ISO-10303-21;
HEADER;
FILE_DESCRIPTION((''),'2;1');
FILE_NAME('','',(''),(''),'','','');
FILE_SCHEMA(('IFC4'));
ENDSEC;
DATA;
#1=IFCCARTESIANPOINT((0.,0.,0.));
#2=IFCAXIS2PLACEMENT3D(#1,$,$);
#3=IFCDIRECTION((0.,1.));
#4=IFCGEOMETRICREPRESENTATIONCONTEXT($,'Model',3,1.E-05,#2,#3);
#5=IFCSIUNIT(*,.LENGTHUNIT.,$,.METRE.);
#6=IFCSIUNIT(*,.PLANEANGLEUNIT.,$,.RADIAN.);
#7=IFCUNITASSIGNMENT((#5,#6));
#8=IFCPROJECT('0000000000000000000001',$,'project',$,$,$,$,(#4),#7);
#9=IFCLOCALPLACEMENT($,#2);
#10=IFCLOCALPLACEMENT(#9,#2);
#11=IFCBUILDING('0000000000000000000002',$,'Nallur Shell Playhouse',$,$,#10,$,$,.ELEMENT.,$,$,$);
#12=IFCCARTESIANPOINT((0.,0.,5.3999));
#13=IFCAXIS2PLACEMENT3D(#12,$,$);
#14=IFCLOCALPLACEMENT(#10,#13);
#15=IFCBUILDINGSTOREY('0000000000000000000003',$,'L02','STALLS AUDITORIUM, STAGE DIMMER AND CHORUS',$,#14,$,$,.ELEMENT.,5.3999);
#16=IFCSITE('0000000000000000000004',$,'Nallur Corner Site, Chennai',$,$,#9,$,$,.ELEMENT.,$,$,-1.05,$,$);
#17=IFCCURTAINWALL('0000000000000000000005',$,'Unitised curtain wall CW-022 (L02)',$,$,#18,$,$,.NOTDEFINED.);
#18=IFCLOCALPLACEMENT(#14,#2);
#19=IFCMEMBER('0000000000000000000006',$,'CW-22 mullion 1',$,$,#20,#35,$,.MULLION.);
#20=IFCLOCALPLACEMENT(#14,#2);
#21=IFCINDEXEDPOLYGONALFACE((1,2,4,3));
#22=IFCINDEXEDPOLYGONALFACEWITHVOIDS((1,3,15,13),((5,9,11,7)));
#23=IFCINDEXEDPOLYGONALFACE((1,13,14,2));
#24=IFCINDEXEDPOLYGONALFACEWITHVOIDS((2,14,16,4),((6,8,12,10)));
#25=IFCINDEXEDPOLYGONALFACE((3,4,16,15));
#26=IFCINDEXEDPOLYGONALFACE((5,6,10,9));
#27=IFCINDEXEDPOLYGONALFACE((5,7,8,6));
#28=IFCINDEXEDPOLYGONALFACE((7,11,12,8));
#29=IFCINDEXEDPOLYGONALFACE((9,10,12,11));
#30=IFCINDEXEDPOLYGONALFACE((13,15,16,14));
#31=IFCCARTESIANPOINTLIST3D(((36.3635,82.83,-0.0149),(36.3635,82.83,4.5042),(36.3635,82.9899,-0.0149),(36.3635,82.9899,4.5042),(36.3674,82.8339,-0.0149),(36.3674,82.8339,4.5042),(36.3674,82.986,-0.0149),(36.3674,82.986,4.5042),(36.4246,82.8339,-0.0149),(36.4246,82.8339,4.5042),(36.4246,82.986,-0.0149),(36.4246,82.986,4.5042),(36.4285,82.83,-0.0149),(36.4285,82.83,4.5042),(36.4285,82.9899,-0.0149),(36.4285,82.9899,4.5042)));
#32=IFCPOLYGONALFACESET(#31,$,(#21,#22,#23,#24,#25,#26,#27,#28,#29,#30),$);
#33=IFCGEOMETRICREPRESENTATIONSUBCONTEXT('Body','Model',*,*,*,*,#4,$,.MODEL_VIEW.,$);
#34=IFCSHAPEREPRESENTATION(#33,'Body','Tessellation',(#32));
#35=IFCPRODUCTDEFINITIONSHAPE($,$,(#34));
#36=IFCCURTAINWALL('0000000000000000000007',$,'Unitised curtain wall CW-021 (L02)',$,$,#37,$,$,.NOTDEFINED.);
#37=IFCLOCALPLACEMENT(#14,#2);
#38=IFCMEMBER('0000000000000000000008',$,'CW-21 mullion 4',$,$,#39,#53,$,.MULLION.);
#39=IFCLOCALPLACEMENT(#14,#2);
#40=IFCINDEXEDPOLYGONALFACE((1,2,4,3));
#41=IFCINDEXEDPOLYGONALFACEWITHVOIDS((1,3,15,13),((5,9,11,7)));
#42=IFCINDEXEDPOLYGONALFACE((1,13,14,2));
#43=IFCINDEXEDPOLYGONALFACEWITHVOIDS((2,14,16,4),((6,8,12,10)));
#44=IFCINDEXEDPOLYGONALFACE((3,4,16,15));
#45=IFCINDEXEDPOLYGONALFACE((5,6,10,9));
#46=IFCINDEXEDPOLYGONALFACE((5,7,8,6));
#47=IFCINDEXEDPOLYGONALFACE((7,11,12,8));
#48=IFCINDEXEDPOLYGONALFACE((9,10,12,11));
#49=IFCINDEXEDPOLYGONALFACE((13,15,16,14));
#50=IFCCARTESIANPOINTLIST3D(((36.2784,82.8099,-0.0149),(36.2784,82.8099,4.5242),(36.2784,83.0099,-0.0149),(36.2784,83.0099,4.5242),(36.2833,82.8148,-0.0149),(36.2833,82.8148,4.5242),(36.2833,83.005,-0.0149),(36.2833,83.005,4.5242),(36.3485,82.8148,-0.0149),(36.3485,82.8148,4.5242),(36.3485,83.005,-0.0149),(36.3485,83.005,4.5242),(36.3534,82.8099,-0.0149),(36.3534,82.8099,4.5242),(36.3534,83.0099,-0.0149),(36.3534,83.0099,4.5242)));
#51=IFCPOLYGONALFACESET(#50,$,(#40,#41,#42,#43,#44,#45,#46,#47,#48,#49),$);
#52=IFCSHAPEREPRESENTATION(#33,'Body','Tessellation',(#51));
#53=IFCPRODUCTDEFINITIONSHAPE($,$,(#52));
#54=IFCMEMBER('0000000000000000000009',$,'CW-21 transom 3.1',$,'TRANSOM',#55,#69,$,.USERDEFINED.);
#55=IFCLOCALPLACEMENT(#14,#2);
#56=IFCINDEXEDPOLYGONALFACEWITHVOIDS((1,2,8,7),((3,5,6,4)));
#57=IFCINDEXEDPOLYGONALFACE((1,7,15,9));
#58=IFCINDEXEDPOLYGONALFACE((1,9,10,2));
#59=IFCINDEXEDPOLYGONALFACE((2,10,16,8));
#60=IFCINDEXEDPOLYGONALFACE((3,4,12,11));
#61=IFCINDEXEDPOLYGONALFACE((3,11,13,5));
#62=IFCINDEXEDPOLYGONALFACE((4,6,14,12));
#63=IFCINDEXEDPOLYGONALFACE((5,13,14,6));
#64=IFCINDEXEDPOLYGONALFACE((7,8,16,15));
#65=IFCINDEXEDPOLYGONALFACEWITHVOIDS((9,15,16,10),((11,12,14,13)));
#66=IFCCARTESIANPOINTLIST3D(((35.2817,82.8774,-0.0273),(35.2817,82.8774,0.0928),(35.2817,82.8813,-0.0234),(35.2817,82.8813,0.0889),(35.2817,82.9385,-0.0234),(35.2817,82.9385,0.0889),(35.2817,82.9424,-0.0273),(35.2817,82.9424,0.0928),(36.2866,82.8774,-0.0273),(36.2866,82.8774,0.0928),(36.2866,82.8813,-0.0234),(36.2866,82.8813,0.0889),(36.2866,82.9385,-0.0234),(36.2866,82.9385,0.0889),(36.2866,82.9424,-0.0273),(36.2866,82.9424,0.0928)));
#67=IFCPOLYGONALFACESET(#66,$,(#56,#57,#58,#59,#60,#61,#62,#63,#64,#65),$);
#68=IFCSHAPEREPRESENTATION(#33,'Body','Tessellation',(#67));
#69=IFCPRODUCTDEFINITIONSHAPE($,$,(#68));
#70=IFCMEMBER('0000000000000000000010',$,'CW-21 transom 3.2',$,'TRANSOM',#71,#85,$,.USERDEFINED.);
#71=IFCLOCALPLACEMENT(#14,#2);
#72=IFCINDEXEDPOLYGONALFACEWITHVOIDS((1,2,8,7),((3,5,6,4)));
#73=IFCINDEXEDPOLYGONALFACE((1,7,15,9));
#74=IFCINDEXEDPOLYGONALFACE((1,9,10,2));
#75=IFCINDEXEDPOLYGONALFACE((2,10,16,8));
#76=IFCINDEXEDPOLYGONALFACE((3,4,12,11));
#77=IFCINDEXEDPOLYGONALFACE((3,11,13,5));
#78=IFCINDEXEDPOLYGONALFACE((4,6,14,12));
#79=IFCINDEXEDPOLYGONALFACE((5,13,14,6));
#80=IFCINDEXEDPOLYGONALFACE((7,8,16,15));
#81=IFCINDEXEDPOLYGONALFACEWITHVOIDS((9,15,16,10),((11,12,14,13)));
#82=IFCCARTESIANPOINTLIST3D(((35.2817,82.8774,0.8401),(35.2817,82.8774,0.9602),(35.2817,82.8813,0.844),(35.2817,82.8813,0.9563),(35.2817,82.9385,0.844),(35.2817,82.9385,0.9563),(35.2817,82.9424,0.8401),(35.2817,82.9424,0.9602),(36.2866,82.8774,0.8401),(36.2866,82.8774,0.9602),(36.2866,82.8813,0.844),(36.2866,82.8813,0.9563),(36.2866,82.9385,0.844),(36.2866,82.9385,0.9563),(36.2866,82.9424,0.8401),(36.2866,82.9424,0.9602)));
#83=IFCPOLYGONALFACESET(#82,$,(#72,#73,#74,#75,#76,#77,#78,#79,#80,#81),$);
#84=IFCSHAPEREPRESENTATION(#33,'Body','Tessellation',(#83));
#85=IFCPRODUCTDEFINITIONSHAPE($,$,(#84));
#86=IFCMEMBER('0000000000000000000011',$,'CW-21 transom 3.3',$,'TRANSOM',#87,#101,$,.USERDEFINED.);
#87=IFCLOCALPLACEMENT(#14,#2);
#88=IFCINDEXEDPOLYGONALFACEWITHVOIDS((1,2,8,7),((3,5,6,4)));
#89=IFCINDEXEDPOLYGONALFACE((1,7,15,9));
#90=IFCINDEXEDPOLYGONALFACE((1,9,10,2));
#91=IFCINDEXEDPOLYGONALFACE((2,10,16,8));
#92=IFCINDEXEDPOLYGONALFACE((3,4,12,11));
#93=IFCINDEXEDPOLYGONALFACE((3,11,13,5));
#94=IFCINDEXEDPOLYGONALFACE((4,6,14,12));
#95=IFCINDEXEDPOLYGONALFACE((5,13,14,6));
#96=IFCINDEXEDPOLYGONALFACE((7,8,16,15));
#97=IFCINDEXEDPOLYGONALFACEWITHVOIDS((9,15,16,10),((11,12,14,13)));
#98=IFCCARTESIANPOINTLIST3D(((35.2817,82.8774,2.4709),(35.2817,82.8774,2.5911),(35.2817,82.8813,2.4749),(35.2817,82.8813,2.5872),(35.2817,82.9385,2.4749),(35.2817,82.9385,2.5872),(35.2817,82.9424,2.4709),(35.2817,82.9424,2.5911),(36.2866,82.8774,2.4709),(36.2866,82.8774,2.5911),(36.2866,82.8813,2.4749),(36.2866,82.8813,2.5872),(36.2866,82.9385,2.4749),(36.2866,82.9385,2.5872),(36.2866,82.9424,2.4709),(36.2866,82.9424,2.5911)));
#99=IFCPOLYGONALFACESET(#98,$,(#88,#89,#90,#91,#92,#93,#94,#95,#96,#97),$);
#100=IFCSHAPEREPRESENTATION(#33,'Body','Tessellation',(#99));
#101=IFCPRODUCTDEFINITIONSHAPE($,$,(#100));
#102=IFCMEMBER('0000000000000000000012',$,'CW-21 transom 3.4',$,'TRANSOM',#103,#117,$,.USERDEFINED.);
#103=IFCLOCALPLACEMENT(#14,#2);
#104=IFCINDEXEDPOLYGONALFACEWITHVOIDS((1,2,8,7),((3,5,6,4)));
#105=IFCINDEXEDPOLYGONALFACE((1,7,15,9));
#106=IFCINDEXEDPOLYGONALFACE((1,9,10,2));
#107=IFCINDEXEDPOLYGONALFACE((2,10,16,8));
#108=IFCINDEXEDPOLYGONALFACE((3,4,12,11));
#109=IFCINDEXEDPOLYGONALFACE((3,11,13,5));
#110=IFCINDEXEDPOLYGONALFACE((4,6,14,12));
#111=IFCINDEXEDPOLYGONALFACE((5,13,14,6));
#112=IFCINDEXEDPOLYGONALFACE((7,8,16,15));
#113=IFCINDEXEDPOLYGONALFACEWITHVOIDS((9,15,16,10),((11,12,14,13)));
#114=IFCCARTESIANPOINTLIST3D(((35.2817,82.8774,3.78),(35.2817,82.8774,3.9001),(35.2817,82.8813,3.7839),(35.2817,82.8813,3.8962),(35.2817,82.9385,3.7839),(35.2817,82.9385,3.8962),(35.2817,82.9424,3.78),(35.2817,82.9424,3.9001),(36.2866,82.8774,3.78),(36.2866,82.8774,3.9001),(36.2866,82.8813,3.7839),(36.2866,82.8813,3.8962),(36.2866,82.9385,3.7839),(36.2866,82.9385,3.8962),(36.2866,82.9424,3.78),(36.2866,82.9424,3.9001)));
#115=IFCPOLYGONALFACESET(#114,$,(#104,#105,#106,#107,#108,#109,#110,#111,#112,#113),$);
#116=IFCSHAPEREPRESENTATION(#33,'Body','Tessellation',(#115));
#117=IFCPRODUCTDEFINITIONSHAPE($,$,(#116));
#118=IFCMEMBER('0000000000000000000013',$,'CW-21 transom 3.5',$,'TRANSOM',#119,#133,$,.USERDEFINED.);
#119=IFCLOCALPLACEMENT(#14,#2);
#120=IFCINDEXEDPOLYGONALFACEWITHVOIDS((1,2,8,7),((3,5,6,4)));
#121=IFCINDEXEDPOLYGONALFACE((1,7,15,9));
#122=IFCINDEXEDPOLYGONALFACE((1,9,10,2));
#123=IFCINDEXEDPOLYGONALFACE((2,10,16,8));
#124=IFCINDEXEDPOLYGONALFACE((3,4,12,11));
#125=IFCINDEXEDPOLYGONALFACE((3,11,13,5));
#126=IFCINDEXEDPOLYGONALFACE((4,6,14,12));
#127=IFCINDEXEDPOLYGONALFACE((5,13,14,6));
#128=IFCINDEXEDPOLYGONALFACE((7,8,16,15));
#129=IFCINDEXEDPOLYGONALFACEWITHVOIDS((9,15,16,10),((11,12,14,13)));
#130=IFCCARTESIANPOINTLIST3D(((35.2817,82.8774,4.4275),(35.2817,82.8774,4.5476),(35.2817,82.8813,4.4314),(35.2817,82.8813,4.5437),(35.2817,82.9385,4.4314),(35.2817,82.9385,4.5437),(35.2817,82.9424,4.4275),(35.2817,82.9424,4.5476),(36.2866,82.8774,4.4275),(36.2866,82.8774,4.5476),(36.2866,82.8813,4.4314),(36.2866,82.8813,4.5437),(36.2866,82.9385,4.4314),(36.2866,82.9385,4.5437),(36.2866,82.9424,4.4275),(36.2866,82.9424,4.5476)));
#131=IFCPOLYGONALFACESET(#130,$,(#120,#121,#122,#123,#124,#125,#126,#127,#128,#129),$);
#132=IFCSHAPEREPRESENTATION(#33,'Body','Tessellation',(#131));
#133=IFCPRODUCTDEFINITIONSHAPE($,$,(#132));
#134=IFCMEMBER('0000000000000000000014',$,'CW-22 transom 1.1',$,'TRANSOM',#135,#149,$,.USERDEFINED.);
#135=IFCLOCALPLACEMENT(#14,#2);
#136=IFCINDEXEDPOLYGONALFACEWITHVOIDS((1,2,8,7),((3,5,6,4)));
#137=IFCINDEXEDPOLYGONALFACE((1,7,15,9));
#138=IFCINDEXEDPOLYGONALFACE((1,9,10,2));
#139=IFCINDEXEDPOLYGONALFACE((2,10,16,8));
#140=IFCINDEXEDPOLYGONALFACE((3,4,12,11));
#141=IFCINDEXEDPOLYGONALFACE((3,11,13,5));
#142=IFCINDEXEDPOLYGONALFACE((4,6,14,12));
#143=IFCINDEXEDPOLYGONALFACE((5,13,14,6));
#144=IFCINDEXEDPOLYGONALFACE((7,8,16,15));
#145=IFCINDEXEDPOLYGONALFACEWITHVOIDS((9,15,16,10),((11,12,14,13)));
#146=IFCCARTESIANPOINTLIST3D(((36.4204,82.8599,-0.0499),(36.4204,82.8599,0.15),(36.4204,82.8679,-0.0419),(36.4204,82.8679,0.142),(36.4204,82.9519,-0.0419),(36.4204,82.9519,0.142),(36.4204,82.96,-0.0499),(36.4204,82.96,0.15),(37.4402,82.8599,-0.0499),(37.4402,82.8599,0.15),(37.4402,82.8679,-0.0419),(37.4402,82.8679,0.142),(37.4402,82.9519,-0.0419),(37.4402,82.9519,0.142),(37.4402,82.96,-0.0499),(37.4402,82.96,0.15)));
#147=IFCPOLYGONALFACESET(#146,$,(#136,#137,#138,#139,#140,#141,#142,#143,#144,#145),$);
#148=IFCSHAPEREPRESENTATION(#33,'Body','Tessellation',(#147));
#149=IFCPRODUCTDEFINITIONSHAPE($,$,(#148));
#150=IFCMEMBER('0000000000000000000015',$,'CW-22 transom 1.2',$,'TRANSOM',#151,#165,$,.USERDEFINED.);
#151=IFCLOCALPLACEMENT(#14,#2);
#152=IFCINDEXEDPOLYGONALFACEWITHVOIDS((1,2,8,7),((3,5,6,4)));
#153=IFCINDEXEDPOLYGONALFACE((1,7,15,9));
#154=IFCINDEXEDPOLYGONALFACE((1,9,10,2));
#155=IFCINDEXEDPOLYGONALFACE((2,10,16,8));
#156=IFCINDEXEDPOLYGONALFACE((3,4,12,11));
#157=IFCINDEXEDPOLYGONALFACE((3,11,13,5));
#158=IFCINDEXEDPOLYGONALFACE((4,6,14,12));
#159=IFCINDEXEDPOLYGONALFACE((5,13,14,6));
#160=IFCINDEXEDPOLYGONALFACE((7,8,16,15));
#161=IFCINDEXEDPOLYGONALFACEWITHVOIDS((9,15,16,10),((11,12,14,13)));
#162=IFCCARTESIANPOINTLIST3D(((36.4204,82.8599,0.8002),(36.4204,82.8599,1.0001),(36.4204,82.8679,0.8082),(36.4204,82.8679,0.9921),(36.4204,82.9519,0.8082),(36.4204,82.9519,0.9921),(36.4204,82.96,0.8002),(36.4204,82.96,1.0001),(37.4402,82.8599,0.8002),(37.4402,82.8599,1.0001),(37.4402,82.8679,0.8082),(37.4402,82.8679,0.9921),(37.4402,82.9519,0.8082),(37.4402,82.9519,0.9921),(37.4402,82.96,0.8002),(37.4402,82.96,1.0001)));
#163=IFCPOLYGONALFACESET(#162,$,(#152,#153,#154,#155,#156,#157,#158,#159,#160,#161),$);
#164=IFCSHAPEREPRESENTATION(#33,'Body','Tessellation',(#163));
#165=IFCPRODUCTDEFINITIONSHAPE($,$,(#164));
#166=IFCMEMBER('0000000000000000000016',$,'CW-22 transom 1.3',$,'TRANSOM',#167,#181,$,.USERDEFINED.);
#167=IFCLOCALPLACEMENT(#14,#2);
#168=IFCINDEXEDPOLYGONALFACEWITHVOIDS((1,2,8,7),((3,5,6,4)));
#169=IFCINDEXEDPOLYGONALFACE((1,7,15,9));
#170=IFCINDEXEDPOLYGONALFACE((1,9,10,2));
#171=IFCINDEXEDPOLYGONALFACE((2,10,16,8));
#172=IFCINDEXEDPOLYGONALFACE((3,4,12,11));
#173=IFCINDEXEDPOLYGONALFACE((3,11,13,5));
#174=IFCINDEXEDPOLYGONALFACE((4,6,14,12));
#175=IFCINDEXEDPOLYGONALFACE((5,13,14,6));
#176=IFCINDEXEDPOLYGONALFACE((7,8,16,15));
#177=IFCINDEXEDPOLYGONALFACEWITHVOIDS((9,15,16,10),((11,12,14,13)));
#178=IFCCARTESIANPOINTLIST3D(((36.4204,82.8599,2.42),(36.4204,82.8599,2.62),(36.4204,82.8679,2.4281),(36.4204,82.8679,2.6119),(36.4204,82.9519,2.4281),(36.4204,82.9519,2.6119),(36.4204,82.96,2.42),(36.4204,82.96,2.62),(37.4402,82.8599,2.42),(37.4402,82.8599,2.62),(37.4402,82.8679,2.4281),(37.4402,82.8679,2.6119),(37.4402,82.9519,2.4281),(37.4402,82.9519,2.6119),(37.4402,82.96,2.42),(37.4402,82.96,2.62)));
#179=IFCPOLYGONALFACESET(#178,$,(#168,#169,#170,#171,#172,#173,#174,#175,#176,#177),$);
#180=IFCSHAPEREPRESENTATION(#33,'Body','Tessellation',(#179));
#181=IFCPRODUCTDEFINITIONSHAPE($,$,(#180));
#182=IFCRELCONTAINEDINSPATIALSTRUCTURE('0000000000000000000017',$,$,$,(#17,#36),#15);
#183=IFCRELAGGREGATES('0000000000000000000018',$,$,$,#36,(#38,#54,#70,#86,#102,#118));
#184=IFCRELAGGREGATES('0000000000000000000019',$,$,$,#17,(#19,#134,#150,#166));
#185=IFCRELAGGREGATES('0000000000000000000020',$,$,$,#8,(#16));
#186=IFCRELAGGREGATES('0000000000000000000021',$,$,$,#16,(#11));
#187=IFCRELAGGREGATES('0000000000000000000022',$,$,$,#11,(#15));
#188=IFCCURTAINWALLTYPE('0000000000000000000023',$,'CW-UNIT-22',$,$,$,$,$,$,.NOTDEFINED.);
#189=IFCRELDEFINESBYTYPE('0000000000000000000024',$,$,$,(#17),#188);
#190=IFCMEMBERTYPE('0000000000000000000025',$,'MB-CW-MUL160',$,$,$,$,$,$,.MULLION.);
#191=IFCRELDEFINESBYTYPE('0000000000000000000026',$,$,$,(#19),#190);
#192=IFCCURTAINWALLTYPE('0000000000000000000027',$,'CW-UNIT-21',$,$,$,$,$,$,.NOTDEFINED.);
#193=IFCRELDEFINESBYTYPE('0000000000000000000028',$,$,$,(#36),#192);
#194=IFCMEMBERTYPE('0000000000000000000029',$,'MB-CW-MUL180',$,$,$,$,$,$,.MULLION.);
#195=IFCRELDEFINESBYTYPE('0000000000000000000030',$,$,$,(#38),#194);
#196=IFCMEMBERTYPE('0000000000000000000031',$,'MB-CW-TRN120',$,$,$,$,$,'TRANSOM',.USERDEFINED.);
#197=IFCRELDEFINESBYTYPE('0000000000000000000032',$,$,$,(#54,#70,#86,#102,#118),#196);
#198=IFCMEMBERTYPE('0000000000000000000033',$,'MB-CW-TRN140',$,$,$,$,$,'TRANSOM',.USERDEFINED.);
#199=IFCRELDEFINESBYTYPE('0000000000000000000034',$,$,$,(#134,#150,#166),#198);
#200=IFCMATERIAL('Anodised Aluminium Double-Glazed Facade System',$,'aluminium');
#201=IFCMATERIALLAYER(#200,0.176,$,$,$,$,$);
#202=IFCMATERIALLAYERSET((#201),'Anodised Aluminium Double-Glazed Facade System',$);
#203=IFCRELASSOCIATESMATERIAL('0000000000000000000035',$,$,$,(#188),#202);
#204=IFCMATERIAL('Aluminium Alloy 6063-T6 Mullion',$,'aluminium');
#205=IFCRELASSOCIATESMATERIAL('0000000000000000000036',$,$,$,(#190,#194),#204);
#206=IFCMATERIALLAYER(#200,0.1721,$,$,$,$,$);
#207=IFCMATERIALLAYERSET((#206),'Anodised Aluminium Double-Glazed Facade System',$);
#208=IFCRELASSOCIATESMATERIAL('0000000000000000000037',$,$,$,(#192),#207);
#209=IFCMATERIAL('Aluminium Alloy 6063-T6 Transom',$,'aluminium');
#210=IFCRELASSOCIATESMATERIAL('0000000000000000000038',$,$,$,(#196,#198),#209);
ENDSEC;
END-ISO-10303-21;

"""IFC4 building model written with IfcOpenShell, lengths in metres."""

from ifc_helpers import new_model, si_unit, direction, frame, origin, origin_2d, place, context, subcontext, project, spatial, hollow_rectangle, extrude, material, layer, layer_set, material_profile, profile_set, type_object, element, aggregate, save


model = new_model("IFC4")

# Units and contexts
model_context = context("Model", 3, precision=1e-05, world=origin(), true_north=direction((0.0, 1.0)))
body_context = subcontext(model_context, "Body", "Model", "MODEL_VIEW")
ifc_project = project(units=[si_unit("LENGTHUNIT", "METRE"), si_unit("PLANEANGLEUNIT", "RADIAN")], contexts=[model_context])

# Site, building, storey
site_placement = place(None, origin())
site = spatial("IfcSite", under=ifc_project, at=site_placement, Name="Nallur Corner Site, Chennai", CompositionType="ELEMENT", RefElevation=-1.05)
building_placement = place(site_placement, origin())
building = spatial("IfcBuilding", under=site, at=building_placement, Name="Nallur Shell Playhouse", CompositionType="ELEMENT")
storey_placement = place(building_placement, frame((0.0, 0.0, 5.3999)))
storey = spatial("IfcBuildingStorey", under=building, at=storey_placement, Name="L02", Description="STALLS AUDITORIUM, STAGE DIMMER AND CHORUS", CompositionType="ELEMENT", Elevation=5.3999)

# Curtain wall, member
ifc_material_1 = material(Name="Anodised Aluminium Double-Glazed Facade System", Category="aluminium")
ifc_layer_1 = layer(ifc_material_1, 0.176)
ifc_layer_set_1 = layer_set([ifc_layer_1], Name="Anodised Aluminium Double-Glazed Facade System")
curtain_wall_type_1 = type_object("IfcCurtainWallType", Name="CW-UNIT-22", PredefinedType="NOTDEFINED", material=ifc_layer_set_1)
curtain_wall_1_placement = place(storey_placement, origin())
curtain_wall_1 = element("IfcCurtainWall", 1, at=curtain_wall_1_placement, inside=storey, type_object=curtain_wall_type_1, Name="Unitised curtain wall CW-022 (L02)", PredefinedType="NOTDEFINED")
ifc_material_2 = material(Name="Aluminium Alloy 6063-T6 Mullion", Category="aluminium")
ifc_material_profile_1 = material_profile(ifc_material_2, hollow_rectangle(XDim=0.0649, YDim=0.1599, WallThickness=0.0039, at=origin_2d()), Name="ALU 65x160x4")
ifc_profile_set_1 = profile_set([ifc_material_profile_1], Name="Aluminium Alloy 6063-T6 Mullion")
member_type_1 = type_object("IfcMemberType", Name="MB-CW-MUL160", PredefinedType="MULLION", material=ifc_profile_set_1)
member_1_placement = place(storey_placement, frame((36.396, 82.9099, -0.0149), z_axis=(0.0, 0.0, 1.0), x_axis=(1.0, 0.0, 0.0)))
member_1 = element("IfcMember", 2, at=member_1_placement, type_object=member_type_1, Name="CW-22 mullion 1", PredefinedType="MULLION", context=body_context, shape_type="SweptSolid", body=[
    extrude(hollow_rectangle(XDim=0.0649, YDim=0.1599, WallThickness=0.0039, at=origin_2d()), origin(), (0.0, 0.0, 1.0), 4.519),
])

# Curtain wall, members
ifc_layer_2 = layer(ifc_material_1, 0.1721)
ifc_layer_set_2 = layer_set([ifc_layer_2], Name="Anodised Aluminium Double-Glazed Facade System")
curtain_wall_type_2 = type_object("IfcCurtainWallType", Name="CW-UNIT-21", PredefinedType="NOTDEFINED", material=ifc_layer_set_2)
curtain_wall_2_placement = place(storey_placement, origin())
curtain_wall_2 = element("IfcCurtainWall", 3, at=curtain_wall_2_placement, inside=storey, type_object=curtain_wall_type_2, Name="Unitised curtain wall CW-021 (L02)", PredefinedType="NOTDEFINED")
ifc_material_profile_2 = material_profile(ifc_material_2, hollow_rectangle(XDim=0.075, YDim=0.2, WallThickness=0.0049, at=origin_2d()), Name="ALU 75x200x5")
ifc_profile_set_2 = profile_set([ifc_material_profile_2], Name="Aluminium Alloy 6063-T6 Mullion")
member_type_2 = type_object("IfcMemberType", Name="MB-CW-MUL180", PredefinedType="MULLION", material=ifc_profile_set_2)
member_2_placement = place(storey_placement, frame((36.3159, 82.9099, -0.0149), z_axis=(0.0, 0.0, 1.0), x_axis=(1.0, 0.0, 0.0)))
member_2 = element("IfcMember", 4, at=member_2_placement, type_object=member_type_2, Name="CW-21 mullion 4", PredefinedType="MULLION", context=body_context, shape_type="SweptSolid", body=[
    extrude(hollow_rectangle(XDim=0.075, YDim=0.2, WallThickness=0.0049, at=origin_2d()), origin(), (0.0, 0.0, 1.0), 4.5391),
])
ifc_material_3 = material(Name="Aluminium Alloy 6063-T6 Transom", Category="aluminium")
ifc_material_profile_3 = material_profile(ifc_material_3, hollow_rectangle(XDim=0.0649, YDim=0.1201, WallThickness=0.0039, at=origin_2d()), Name="ALU 65x120x4")
ifc_profile_set_3 = profile_set([ifc_material_profile_3], Name="Aluminium Alloy 6063-T6 Transom")
member_type_3 = type_object("IfcMemberType", Name="MB-CW-TRN120", ElementType="TRANSOM", PredefinedType="USERDEFINED", material=ifc_profile_set_3)
member_3_placement = place(storey_placement, frame((35.2817, 82.9099, 0.0327), z_axis=(1.0, 0.0, 0.0), x_axis=(0.0, 1.0, 0.0)))
member_3 = element("IfcMember", 5, at=member_3_placement, type_object=member_type_3, Name="CW-21 transom 3.1", ObjectType="TRANSOM", PredefinedType="USERDEFINED", context=body_context, shape_type="SweptSolid", body=[
    extrude(hollow_rectangle(XDim=0.0649, YDim=0.1201, WallThickness=0.0039, at=origin_2d()), origin(), (0.0, 0.0, 1.0), 1.0049),
])
member_4_placement = place(storey_placement, frame((35.2817, 82.9099, 0.9001), z_axis=(1.0, 0.0, 0.0), x_axis=(0.0, 1.0, 0.0)))
member_4 = element("IfcMember", 6, at=member_4_placement, type_object=member_type_3, Name="CW-21 transom 3.2", ObjectType="TRANSOM", PredefinedType="USERDEFINED", context=body_context, shape_type="SweptSolid", body=[
    extrude(hollow_rectangle(XDim=0.0649, YDim=0.1201, WallThickness=0.0039, at=origin_2d()), origin(), (0.0, 0.0, 1.0), 1.0049),
])
member_5_placement = place(storey_placement, frame((35.2817, 82.9099, 2.531), z_axis=(1.0, 0.0, 0.0), x_axis=(0.0, 1.0, 0.0)))
member_5 = element("IfcMember", 7, at=member_5_placement, type_object=member_type_3, Name="CW-21 transom 3.3", ObjectType="TRANSOM", PredefinedType="USERDEFINED", context=body_context, shape_type="SweptSolid", body=[
    extrude(hollow_rectangle(XDim=0.0649, YDim=0.1201, WallThickness=0.0039, at=origin_2d()), origin(), (0.0, 0.0, 1.0), 1.0049),
])
member_6_placement = place(storey_placement, frame((35.2817, 82.9099, 3.8401), z_axis=(1.0, 0.0, 0.0), x_axis=(0.0, 1.0, 0.0)))
member_6 = element("IfcMember", 8, at=member_6_placement, type_object=member_type_3, Name="CW-21 transom 3.4", ObjectType="TRANSOM", PredefinedType="USERDEFINED", context=body_context, shape_type="SweptSolid", body=[
    extrude(hollow_rectangle(XDim=0.0649, YDim=0.1201, WallThickness=0.0039, at=origin_2d()), origin(), (0.0, 0.0, 1.0), 1.0049),
])
member_7_placement = place(storey_placement, frame((35.2817, 82.9099, 4.4875), z_axis=(1.0, 0.0, 0.0), x_axis=(0.0, 1.0, 0.0)))
member_7 = element("IfcMember", 9, at=member_7_placement, type_object=member_type_3, Name="CW-21 transom 3.5", ObjectType="TRANSOM", PredefinedType="USERDEFINED", context=body_context, shape_type="SweptSolid", body=[
    extrude(hollow_rectangle(XDim=0.0649, YDim=0.1201, WallThickness=0.0039, at=origin_2d()), origin(), (0.0, 0.0, 1.0), 1.0049),
])

# Members
ifc_material_profile_4 = material_profile(ifc_material_3, hollow_rectangle(XDim=0.1001, YDim=0.2, WallThickness=0.0081, at=origin_2d()), Name="RHS 200x100x8")
ifc_profile_set_4 = profile_set([ifc_material_profile_4], Name="Aluminium Alloy 6063-T6 Transom")
member_type_4 = type_object("IfcMemberType", Name="MB-CW-TRN140", ElementType="TRANSOM", PredefinedType="USERDEFINED", material=ifc_profile_set_4)
member_8_placement = place(storey_placement, frame((36.4204, 82.9099, 0.05), z_axis=(1.0, 0.0, 0.0), x_axis=(0.0, 1.0, 0.0)))
member_8 = element("IfcMember", 10, at=member_8_placement, type_object=member_type_4, Name="CW-22 transom 1.1", ObjectType="TRANSOM", PredefinedType="USERDEFINED", context=body_context, shape_type="SweptSolid", body=[
    extrude(hollow_rectangle(XDim=0.1001, YDim=0.2, WallThickness=0.0081, at=origin_2d()), origin(), (0.0, 0.0, 1.0), 1.0198),
])
member_9_placement = place(storey_placement, frame((36.4204, 82.9099, 0.9001), z_axis=(1.0, 0.0, 0.0), x_axis=(0.0, 1.0, 0.0)))
member_9 = element("IfcMember", 11, at=member_9_placement, type_object=member_type_4, Name="CW-22 transom 1.2", ObjectType="TRANSOM", PredefinedType="USERDEFINED", context=body_context, shape_type="SweptSolid", body=[
    extrude(hollow_rectangle(XDim=0.1001, YDim=0.2, WallThickness=0.0081, at=origin_2d()), origin(), (0.0, 0.0, 1.0), 1.0198),
])
member_10_placement = place(storey_placement, frame((36.4204, 82.9099, 2.52), z_axis=(1.0, 0.0, 0.0), x_axis=(0.0, 1.0, 0.0)))
member_10 = element("IfcMember", 12, at=member_10_placement, type_object=member_type_4, Name="CW-22 transom 1.3", ObjectType="TRANSOM", PredefinedType="USERDEFINED", context=body_context, shape_type="SweptSolid", body=[
    extrude(hollow_rectangle(XDim=0.1001, YDim=0.2, WallThickness=0.0081, at=origin_2d()), origin(), (0.0, 0.0, 1.0), 1.0198),
])

aggregate(curtain_wall_2, [member_2, member_3, member_4, member_5, member_6, member_7])
aggregate(curtain_wall_1, [member_1, member_8, member_9, member_10])

save(model, "model.ifc")
